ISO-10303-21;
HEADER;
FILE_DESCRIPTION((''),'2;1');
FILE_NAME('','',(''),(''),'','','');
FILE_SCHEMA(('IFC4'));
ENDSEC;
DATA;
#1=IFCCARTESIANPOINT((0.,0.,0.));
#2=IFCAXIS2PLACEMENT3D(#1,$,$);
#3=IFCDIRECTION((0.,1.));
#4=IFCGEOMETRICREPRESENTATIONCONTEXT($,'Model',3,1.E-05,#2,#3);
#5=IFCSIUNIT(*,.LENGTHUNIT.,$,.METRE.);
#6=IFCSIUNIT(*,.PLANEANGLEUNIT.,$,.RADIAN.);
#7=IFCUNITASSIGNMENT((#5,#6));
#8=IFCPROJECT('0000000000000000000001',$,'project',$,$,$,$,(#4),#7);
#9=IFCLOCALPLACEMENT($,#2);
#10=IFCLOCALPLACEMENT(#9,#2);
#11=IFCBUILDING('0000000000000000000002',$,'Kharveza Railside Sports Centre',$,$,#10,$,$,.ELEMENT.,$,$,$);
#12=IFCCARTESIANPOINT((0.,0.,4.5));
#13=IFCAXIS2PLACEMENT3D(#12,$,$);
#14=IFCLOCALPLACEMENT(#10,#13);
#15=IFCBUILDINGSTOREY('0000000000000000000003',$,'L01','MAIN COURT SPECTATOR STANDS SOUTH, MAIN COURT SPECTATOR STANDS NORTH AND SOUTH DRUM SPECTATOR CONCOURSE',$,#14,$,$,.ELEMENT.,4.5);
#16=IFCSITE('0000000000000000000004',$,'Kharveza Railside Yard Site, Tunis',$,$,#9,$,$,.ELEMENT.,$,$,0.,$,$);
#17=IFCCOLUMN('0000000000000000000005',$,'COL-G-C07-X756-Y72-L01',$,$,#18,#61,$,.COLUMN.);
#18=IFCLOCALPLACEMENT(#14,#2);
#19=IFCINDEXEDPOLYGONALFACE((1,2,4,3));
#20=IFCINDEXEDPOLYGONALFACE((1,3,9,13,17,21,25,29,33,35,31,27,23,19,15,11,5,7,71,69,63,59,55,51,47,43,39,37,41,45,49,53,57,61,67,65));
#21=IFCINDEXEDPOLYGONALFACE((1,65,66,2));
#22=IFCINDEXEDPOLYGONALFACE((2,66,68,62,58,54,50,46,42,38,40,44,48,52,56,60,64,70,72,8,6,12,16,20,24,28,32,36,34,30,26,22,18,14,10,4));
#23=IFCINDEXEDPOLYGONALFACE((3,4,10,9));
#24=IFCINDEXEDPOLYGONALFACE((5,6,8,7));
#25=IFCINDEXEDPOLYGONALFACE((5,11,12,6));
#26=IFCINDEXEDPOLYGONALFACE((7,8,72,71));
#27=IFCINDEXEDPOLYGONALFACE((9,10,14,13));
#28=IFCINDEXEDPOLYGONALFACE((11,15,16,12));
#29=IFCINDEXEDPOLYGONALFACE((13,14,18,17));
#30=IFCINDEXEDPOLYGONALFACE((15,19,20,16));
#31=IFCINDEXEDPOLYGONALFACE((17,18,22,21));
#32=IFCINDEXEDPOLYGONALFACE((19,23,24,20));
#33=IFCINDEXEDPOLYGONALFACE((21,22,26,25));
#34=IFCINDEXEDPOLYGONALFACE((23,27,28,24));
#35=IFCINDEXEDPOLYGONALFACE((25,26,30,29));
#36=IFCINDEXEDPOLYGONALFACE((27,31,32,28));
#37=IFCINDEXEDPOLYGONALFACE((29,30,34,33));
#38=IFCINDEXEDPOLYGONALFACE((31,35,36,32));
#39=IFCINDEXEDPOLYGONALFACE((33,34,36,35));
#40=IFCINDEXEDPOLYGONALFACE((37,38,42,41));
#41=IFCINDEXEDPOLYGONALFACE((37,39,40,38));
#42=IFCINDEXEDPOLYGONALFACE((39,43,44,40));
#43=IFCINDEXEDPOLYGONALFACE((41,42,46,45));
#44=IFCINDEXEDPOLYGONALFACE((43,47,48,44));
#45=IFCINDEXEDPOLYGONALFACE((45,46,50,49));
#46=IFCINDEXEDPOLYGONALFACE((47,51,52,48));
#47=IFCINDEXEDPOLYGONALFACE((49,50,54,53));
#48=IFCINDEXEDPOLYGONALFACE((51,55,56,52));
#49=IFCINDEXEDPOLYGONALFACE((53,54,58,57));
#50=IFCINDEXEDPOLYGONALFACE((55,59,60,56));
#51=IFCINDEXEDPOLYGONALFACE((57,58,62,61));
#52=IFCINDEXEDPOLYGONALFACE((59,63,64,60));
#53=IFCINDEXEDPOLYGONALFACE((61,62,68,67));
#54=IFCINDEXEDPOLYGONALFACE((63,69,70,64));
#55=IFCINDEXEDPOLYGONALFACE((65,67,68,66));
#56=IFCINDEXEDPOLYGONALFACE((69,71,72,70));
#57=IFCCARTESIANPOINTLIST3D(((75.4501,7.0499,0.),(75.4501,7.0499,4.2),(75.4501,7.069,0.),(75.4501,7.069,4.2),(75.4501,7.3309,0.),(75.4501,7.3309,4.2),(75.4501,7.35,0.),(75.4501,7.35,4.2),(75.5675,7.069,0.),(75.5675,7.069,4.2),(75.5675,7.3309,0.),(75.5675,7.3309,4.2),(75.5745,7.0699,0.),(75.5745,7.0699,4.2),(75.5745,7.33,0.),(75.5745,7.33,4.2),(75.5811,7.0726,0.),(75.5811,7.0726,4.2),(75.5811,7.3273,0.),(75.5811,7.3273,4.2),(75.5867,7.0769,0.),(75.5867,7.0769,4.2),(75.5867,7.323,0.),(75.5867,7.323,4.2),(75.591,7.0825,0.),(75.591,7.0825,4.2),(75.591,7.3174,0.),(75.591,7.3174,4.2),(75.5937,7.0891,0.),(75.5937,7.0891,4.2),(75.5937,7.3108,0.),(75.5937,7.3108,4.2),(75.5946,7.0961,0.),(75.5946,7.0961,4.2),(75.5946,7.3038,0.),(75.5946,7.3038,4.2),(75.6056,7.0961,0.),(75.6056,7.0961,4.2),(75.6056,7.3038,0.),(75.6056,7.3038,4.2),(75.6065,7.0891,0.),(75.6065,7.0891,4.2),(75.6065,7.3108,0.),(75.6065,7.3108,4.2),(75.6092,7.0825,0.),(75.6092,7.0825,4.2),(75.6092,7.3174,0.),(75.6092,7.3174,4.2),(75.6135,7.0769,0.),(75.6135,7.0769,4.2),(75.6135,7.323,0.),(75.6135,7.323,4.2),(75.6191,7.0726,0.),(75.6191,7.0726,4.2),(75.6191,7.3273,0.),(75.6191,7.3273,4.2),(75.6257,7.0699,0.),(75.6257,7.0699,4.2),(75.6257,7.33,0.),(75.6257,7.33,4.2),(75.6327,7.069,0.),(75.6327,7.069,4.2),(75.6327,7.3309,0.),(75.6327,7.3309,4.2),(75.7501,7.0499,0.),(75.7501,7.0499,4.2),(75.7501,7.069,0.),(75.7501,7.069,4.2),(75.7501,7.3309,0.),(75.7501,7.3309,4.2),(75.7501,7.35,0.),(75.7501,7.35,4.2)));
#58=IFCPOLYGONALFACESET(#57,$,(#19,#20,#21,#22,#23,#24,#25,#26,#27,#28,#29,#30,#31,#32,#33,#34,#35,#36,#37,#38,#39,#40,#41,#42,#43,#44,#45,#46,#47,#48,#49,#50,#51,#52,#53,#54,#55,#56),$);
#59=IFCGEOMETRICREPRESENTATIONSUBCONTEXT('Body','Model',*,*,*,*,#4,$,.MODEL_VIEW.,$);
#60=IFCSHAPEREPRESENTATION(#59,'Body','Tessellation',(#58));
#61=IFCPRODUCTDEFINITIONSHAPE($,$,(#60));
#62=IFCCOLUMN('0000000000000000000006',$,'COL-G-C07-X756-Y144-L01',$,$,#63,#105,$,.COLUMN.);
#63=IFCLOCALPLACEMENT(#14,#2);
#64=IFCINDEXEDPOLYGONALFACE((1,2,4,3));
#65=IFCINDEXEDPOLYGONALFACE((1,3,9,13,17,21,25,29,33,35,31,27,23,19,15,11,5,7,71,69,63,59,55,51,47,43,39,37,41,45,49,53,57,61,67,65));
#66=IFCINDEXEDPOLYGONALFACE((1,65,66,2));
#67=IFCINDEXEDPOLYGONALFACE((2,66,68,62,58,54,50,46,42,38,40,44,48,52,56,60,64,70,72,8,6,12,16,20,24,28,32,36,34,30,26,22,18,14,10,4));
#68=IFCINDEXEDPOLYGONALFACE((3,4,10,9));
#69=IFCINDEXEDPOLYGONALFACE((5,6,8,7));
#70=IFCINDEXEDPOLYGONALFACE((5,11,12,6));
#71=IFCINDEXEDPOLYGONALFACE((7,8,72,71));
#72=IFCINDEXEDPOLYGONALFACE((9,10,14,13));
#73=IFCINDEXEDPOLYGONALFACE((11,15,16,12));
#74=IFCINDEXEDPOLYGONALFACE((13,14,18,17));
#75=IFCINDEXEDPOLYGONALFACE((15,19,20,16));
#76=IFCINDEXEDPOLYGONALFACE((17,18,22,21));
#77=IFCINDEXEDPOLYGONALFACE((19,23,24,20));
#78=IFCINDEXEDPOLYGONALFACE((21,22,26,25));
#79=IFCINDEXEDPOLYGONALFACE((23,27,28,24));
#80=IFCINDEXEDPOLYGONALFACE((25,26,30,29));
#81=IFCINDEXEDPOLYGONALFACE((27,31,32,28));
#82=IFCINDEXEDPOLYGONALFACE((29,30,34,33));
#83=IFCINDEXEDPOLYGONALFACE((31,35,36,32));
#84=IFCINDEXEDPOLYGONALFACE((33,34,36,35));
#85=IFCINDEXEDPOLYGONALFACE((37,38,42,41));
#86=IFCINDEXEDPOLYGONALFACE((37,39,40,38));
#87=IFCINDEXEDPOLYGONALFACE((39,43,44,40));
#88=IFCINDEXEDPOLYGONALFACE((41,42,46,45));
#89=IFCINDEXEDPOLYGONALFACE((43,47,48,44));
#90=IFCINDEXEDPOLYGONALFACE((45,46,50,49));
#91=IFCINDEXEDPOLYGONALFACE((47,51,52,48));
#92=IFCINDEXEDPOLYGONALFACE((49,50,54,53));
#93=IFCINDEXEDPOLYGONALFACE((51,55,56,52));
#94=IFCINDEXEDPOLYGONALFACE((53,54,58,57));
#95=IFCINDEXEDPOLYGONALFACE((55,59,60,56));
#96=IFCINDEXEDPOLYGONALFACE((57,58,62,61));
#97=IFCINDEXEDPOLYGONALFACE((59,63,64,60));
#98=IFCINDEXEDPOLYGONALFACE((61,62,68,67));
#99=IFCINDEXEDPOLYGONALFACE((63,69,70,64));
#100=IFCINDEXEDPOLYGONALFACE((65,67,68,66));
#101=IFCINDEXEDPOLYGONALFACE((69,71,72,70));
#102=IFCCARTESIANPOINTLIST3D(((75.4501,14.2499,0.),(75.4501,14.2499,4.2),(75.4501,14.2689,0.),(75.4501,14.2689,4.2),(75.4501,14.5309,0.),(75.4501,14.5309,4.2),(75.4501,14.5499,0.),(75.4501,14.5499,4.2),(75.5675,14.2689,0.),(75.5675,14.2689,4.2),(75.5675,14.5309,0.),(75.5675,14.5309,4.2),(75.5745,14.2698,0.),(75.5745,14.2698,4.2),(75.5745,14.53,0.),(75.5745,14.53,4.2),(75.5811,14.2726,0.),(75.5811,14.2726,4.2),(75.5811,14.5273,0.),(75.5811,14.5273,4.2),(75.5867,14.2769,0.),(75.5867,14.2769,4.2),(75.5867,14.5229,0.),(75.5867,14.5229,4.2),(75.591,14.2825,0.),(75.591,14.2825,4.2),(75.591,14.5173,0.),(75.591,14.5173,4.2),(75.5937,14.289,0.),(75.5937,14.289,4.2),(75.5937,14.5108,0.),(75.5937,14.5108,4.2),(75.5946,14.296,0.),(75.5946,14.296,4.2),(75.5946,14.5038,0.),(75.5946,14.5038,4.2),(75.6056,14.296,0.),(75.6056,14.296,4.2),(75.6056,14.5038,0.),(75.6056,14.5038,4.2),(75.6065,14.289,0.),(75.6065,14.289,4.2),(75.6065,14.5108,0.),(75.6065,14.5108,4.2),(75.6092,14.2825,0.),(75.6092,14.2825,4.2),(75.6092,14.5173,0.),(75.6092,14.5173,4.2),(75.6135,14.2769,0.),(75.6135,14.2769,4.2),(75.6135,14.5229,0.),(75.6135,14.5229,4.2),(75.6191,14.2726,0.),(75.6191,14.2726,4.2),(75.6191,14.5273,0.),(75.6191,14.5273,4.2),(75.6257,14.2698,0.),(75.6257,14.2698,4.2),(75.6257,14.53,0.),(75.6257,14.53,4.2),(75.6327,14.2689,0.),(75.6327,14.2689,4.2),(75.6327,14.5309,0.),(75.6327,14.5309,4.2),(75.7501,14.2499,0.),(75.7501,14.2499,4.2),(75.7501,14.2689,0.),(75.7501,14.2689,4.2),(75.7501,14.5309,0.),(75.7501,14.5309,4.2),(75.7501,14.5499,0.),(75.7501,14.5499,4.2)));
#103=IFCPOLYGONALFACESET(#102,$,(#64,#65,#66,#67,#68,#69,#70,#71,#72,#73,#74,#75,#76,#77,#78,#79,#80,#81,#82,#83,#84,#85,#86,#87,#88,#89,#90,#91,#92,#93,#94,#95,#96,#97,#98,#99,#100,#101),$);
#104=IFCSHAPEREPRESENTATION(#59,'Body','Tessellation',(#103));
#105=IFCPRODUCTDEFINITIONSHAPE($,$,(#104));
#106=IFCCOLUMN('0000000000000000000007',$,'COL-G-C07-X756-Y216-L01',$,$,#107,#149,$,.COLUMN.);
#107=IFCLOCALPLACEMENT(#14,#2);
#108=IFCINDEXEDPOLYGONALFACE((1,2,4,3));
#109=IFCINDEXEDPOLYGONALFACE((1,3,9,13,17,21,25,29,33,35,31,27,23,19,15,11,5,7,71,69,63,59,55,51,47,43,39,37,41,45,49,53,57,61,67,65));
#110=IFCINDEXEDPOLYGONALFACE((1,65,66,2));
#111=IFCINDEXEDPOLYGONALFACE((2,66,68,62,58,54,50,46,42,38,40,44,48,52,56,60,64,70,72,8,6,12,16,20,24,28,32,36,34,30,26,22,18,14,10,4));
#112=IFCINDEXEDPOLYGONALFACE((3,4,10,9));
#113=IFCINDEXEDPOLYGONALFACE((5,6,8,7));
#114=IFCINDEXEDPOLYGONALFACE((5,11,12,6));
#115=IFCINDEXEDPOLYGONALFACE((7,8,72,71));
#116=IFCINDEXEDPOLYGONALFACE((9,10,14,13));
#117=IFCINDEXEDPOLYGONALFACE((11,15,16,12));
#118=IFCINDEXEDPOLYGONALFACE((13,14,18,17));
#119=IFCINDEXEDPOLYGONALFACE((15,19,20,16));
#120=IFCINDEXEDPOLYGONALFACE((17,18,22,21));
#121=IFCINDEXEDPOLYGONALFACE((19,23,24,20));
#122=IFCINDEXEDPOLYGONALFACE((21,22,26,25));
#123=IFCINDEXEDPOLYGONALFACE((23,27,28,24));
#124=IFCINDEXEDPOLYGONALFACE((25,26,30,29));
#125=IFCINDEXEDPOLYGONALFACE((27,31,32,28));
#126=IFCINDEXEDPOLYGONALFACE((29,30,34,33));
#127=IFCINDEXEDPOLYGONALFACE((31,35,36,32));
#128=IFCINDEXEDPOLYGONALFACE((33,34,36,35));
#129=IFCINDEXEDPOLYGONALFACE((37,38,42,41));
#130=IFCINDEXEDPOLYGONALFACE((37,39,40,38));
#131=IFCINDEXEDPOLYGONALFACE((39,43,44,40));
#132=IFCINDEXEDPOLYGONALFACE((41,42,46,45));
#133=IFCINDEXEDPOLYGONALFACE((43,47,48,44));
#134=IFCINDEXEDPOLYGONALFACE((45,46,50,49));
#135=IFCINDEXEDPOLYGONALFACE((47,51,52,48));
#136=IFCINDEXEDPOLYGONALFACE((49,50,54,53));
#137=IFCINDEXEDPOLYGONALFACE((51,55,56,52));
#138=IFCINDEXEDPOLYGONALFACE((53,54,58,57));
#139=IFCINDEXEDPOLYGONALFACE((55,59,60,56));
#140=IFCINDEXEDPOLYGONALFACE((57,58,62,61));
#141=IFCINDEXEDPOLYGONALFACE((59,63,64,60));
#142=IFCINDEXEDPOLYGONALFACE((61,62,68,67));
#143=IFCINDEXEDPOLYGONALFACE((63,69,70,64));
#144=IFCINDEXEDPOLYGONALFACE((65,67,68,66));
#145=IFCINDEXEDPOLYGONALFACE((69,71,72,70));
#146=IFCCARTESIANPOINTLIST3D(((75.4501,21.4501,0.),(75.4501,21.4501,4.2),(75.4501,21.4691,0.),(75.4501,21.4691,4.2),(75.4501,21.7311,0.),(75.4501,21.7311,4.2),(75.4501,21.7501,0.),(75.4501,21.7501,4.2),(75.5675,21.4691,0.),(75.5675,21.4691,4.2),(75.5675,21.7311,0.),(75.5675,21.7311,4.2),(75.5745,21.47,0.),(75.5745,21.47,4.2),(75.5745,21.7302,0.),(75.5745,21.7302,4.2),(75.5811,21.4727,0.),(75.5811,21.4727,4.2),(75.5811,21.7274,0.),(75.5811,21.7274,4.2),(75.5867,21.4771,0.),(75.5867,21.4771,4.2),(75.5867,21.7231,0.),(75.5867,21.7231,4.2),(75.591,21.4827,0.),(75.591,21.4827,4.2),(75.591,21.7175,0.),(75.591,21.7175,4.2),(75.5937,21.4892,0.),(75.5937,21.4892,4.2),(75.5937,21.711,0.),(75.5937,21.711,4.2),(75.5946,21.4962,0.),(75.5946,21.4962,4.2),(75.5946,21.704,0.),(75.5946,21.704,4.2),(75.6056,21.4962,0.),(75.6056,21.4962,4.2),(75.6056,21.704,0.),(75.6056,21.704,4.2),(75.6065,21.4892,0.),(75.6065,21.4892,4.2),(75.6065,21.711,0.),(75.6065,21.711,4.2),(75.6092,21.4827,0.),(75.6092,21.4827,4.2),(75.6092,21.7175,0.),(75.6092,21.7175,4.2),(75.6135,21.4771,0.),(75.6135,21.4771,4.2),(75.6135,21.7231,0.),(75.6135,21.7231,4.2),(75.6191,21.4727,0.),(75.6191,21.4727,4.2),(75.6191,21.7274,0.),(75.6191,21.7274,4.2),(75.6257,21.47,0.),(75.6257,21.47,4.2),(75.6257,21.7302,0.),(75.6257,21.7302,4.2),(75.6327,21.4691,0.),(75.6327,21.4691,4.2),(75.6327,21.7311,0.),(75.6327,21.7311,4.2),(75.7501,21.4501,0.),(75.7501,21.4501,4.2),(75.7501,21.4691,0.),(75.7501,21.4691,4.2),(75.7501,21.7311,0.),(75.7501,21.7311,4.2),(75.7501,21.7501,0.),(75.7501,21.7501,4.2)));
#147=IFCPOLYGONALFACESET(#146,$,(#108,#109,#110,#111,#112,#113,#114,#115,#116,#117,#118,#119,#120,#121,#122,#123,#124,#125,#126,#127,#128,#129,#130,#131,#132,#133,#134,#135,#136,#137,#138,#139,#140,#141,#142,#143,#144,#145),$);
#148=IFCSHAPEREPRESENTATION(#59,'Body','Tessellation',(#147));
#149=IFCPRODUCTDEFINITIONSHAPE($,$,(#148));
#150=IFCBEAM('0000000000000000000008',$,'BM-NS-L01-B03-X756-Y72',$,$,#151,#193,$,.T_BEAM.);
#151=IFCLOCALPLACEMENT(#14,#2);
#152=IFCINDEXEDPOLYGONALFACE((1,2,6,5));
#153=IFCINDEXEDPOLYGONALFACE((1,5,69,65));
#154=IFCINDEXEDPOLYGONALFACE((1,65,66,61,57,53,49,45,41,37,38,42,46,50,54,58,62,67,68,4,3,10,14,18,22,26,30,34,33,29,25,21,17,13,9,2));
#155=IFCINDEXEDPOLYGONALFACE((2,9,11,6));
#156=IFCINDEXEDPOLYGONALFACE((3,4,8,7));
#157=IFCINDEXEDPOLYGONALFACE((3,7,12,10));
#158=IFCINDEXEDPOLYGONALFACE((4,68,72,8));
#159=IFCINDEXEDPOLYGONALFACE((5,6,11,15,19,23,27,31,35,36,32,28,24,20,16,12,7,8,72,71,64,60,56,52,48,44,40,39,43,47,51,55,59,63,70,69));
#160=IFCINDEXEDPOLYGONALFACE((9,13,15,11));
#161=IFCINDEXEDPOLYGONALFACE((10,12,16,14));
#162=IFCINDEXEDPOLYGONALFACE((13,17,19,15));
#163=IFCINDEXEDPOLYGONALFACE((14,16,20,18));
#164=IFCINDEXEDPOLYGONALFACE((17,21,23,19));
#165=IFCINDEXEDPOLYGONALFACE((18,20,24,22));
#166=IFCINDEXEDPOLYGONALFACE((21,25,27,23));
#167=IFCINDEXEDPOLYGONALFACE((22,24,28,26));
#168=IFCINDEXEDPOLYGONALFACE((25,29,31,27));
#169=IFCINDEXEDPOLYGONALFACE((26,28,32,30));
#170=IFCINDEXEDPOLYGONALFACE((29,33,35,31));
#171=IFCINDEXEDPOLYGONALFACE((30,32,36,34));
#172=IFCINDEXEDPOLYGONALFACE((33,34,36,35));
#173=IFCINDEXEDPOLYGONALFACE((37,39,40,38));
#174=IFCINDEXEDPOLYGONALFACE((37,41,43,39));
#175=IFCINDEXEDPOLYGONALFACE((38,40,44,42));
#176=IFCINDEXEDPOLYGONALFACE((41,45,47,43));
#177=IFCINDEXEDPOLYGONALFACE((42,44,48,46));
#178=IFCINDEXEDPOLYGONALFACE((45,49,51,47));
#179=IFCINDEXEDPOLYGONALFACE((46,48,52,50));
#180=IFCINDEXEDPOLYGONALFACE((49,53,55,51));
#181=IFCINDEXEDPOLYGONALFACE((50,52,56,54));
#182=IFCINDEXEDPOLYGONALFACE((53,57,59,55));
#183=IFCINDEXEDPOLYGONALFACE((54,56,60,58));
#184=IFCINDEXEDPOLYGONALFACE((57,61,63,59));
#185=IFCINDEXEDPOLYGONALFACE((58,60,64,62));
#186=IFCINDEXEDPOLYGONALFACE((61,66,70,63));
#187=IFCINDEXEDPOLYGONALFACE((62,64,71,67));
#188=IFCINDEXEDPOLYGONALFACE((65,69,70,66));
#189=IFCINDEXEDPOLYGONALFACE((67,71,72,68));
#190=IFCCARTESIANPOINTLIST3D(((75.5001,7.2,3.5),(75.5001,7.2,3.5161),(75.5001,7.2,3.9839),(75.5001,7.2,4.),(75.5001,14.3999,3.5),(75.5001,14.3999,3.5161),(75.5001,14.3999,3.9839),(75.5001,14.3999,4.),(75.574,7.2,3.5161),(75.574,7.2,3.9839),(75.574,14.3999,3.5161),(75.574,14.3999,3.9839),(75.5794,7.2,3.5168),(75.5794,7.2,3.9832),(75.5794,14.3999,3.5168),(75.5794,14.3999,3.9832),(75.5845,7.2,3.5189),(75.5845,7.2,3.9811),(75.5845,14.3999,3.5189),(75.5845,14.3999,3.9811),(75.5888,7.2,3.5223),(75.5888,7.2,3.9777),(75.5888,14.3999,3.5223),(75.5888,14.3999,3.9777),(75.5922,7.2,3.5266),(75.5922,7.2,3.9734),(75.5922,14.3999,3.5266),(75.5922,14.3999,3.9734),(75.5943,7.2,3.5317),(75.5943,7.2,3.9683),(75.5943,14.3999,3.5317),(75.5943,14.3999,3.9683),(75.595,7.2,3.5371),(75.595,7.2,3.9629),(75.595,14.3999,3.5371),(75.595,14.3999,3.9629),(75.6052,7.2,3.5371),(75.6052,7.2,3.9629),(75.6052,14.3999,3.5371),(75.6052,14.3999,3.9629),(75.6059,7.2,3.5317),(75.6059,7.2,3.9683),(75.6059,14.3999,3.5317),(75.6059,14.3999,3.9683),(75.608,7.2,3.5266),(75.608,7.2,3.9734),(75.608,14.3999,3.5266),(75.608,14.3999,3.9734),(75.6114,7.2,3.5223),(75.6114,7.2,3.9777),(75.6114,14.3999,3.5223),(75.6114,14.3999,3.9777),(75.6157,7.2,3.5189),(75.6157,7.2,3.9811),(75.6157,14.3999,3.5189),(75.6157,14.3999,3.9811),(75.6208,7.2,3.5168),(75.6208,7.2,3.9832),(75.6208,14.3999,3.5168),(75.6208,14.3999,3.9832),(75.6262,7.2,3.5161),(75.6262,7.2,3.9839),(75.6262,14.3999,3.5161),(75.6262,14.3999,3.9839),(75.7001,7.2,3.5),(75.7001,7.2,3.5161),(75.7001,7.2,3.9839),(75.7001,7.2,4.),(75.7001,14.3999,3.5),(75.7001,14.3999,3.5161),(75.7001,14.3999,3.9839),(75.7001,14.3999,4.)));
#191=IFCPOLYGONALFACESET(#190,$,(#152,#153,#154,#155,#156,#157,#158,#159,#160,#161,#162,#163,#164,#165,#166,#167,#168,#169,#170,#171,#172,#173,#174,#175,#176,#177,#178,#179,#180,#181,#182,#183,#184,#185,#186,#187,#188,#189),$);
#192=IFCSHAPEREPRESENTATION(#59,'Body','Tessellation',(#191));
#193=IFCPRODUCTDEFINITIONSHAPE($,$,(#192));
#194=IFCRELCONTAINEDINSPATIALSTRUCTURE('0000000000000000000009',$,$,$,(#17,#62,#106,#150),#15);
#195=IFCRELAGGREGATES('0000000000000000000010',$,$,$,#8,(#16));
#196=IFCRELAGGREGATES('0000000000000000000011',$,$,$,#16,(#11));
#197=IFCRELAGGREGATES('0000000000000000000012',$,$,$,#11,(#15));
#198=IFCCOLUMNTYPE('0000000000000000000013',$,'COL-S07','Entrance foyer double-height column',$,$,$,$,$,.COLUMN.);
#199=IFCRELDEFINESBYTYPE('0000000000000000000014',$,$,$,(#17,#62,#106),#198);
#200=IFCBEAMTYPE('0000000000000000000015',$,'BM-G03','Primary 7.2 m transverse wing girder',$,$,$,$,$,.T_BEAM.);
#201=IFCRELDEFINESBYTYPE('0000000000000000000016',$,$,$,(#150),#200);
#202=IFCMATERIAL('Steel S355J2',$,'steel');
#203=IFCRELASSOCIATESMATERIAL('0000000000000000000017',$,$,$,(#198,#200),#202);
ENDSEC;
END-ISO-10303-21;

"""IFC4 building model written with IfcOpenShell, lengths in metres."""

from ifc_helpers import new_model, si_unit, direction, frame, origin, origin_2d, place, context, subcontext, project, spatial, i_section, extrude, material, material_profile, profile_set, type_object, element, save


model = new_model("IFC4")

# Units and contexts
model_context = context("Model", 3, precision=1e-05, world=origin(), true_north=direction((0.0, 1.0)))
body_context = subcontext(model_context, "Body", "Model", "MODEL_VIEW")
ifc_project = project(units=[si_unit("LENGTHUNIT", "METRE"), si_unit("PLANEANGLEUNIT", "RADIAN")], contexts=[model_context])

# Site, building, storey
site_placement = place(None, origin())
site = spatial("IfcSite", under=ifc_project, at=site_placement, Name="Kharveza Railside Yard Site, Tunis", CompositionType="ELEMENT", RefElevation=0.0)
building_placement = place(site_placement, origin())
building = spatial("IfcBuilding", under=site, at=building_placement, Name="Kharveza Railside Sports Centre", CompositionType="ELEMENT")
storey_placement = place(building_placement, frame((0.0, 0.0, 4.5)))
storey = spatial("IfcBuildingStorey", under=building, at=storey_placement, Name="L01", Description="MAIN COURT SPECTATOR STANDS SOUTH, MAIN COURT SPECTATOR STANDS NORTH AND SOUTH DRUM SPECTATOR CONCOURSE", CompositionType="ELEMENT", Elevation=4.5)

# Columns
ifc_material_1 = material(Name="Steel S355J2", Category="steel")
ifc_material_profile_1 = material_profile(ifc_material_1, i_section(OverallWidth=0.3, OverallDepth=0.3, WebThickness=0.011, FlangeThickness=0.019, FilletRadius=0.0271, at=origin_2d()), Name="HEB 300")
ifc_profile_set_1 = profile_set([ifc_material_profile_1], Name="Steel S355J2")
column_type = type_object("IfcColumnType", Name="COL-S07", Description="Entrance foyer double-height column", PredefinedType="COLUMN", material=ifc_profile_set_1)
for number, where, z_axis, x_axis, name in (
    (1, (75.6001, 7.2, 0.0), (0.0, 0.0, 1.0), (1.0, 0.0, 0.0), "COL-G-C07-X756-Y72-L01"),
    (2, (75.6001, 14.3999, 0.0), (0.0, 0.0, 1.0), (1.0, 0.0, 0.0), "COL-G-C07-X756-Y144-L01"),
    (3, (75.6001, 21.6001, 0.0), (0.0, 0.0, 1.0), (1.0, 0.0, 0.0), "COL-G-C07-X756-Y216-L01"),
):
    element("IfcColumn", number, at=place(storey_placement, frame(where, z_axis=z_axis, x_axis=x_axis)), inside=storey, type_object=column_type, Name=name, PredefinedType="COLUMN", context=body_context, shape_type="SweptSolid", body=[
        extrude(i_section(OverallWidth=0.3, OverallDepth=0.3, WebThickness=0.011, FlangeThickness=0.019, FilletRadius=0.0271, at=origin_2d()), origin(), (0.0, 0.0, 1.0), 4.2),
    ])

# Beam
ifc_material_profile_2 = material_profile(ifc_material_1, i_section(OverallWidth=0.2, OverallDepth=0.5, WebThickness=0.0103, FlangeThickness=0.0161, FilletRadius=0.021, at=origin_2d()), Name="IPE 500")
ifc_profile_set_2 = profile_set([ifc_material_profile_2], Name="Steel S355J2")
beam_type_1 = type_object("IfcBeamType", Name="BM-G03", Description="Primary 7.2 m transverse wing girder", PredefinedType="T_BEAM", material=ifc_profile_set_2)
beam_1_placement = place(storey_placement, frame((75.6001, 7.2, 3.75), z_axis=(0.0, 1.0, 0.0), x_axis=(-1.0, 0.0, 0.0)))
element("IfcBeam", 4, at=beam_1_placement, inside=storey, type_object=beam_type_1, Name="BM-NS-L01-B03-X756-Y72", PredefinedType="T_BEAM", context=body_context, shape_type="SweptSolid", body=[
    extrude(i_section(OverallWidth=0.2, OverallDepth=0.5, WebThickness=0.0103, FlangeThickness=0.0161, FilletRadius=0.021, at=origin_2d()), origin(), (0.0, 0.0, 1.0), 7.2),
])

save(model, "model.ifc")
